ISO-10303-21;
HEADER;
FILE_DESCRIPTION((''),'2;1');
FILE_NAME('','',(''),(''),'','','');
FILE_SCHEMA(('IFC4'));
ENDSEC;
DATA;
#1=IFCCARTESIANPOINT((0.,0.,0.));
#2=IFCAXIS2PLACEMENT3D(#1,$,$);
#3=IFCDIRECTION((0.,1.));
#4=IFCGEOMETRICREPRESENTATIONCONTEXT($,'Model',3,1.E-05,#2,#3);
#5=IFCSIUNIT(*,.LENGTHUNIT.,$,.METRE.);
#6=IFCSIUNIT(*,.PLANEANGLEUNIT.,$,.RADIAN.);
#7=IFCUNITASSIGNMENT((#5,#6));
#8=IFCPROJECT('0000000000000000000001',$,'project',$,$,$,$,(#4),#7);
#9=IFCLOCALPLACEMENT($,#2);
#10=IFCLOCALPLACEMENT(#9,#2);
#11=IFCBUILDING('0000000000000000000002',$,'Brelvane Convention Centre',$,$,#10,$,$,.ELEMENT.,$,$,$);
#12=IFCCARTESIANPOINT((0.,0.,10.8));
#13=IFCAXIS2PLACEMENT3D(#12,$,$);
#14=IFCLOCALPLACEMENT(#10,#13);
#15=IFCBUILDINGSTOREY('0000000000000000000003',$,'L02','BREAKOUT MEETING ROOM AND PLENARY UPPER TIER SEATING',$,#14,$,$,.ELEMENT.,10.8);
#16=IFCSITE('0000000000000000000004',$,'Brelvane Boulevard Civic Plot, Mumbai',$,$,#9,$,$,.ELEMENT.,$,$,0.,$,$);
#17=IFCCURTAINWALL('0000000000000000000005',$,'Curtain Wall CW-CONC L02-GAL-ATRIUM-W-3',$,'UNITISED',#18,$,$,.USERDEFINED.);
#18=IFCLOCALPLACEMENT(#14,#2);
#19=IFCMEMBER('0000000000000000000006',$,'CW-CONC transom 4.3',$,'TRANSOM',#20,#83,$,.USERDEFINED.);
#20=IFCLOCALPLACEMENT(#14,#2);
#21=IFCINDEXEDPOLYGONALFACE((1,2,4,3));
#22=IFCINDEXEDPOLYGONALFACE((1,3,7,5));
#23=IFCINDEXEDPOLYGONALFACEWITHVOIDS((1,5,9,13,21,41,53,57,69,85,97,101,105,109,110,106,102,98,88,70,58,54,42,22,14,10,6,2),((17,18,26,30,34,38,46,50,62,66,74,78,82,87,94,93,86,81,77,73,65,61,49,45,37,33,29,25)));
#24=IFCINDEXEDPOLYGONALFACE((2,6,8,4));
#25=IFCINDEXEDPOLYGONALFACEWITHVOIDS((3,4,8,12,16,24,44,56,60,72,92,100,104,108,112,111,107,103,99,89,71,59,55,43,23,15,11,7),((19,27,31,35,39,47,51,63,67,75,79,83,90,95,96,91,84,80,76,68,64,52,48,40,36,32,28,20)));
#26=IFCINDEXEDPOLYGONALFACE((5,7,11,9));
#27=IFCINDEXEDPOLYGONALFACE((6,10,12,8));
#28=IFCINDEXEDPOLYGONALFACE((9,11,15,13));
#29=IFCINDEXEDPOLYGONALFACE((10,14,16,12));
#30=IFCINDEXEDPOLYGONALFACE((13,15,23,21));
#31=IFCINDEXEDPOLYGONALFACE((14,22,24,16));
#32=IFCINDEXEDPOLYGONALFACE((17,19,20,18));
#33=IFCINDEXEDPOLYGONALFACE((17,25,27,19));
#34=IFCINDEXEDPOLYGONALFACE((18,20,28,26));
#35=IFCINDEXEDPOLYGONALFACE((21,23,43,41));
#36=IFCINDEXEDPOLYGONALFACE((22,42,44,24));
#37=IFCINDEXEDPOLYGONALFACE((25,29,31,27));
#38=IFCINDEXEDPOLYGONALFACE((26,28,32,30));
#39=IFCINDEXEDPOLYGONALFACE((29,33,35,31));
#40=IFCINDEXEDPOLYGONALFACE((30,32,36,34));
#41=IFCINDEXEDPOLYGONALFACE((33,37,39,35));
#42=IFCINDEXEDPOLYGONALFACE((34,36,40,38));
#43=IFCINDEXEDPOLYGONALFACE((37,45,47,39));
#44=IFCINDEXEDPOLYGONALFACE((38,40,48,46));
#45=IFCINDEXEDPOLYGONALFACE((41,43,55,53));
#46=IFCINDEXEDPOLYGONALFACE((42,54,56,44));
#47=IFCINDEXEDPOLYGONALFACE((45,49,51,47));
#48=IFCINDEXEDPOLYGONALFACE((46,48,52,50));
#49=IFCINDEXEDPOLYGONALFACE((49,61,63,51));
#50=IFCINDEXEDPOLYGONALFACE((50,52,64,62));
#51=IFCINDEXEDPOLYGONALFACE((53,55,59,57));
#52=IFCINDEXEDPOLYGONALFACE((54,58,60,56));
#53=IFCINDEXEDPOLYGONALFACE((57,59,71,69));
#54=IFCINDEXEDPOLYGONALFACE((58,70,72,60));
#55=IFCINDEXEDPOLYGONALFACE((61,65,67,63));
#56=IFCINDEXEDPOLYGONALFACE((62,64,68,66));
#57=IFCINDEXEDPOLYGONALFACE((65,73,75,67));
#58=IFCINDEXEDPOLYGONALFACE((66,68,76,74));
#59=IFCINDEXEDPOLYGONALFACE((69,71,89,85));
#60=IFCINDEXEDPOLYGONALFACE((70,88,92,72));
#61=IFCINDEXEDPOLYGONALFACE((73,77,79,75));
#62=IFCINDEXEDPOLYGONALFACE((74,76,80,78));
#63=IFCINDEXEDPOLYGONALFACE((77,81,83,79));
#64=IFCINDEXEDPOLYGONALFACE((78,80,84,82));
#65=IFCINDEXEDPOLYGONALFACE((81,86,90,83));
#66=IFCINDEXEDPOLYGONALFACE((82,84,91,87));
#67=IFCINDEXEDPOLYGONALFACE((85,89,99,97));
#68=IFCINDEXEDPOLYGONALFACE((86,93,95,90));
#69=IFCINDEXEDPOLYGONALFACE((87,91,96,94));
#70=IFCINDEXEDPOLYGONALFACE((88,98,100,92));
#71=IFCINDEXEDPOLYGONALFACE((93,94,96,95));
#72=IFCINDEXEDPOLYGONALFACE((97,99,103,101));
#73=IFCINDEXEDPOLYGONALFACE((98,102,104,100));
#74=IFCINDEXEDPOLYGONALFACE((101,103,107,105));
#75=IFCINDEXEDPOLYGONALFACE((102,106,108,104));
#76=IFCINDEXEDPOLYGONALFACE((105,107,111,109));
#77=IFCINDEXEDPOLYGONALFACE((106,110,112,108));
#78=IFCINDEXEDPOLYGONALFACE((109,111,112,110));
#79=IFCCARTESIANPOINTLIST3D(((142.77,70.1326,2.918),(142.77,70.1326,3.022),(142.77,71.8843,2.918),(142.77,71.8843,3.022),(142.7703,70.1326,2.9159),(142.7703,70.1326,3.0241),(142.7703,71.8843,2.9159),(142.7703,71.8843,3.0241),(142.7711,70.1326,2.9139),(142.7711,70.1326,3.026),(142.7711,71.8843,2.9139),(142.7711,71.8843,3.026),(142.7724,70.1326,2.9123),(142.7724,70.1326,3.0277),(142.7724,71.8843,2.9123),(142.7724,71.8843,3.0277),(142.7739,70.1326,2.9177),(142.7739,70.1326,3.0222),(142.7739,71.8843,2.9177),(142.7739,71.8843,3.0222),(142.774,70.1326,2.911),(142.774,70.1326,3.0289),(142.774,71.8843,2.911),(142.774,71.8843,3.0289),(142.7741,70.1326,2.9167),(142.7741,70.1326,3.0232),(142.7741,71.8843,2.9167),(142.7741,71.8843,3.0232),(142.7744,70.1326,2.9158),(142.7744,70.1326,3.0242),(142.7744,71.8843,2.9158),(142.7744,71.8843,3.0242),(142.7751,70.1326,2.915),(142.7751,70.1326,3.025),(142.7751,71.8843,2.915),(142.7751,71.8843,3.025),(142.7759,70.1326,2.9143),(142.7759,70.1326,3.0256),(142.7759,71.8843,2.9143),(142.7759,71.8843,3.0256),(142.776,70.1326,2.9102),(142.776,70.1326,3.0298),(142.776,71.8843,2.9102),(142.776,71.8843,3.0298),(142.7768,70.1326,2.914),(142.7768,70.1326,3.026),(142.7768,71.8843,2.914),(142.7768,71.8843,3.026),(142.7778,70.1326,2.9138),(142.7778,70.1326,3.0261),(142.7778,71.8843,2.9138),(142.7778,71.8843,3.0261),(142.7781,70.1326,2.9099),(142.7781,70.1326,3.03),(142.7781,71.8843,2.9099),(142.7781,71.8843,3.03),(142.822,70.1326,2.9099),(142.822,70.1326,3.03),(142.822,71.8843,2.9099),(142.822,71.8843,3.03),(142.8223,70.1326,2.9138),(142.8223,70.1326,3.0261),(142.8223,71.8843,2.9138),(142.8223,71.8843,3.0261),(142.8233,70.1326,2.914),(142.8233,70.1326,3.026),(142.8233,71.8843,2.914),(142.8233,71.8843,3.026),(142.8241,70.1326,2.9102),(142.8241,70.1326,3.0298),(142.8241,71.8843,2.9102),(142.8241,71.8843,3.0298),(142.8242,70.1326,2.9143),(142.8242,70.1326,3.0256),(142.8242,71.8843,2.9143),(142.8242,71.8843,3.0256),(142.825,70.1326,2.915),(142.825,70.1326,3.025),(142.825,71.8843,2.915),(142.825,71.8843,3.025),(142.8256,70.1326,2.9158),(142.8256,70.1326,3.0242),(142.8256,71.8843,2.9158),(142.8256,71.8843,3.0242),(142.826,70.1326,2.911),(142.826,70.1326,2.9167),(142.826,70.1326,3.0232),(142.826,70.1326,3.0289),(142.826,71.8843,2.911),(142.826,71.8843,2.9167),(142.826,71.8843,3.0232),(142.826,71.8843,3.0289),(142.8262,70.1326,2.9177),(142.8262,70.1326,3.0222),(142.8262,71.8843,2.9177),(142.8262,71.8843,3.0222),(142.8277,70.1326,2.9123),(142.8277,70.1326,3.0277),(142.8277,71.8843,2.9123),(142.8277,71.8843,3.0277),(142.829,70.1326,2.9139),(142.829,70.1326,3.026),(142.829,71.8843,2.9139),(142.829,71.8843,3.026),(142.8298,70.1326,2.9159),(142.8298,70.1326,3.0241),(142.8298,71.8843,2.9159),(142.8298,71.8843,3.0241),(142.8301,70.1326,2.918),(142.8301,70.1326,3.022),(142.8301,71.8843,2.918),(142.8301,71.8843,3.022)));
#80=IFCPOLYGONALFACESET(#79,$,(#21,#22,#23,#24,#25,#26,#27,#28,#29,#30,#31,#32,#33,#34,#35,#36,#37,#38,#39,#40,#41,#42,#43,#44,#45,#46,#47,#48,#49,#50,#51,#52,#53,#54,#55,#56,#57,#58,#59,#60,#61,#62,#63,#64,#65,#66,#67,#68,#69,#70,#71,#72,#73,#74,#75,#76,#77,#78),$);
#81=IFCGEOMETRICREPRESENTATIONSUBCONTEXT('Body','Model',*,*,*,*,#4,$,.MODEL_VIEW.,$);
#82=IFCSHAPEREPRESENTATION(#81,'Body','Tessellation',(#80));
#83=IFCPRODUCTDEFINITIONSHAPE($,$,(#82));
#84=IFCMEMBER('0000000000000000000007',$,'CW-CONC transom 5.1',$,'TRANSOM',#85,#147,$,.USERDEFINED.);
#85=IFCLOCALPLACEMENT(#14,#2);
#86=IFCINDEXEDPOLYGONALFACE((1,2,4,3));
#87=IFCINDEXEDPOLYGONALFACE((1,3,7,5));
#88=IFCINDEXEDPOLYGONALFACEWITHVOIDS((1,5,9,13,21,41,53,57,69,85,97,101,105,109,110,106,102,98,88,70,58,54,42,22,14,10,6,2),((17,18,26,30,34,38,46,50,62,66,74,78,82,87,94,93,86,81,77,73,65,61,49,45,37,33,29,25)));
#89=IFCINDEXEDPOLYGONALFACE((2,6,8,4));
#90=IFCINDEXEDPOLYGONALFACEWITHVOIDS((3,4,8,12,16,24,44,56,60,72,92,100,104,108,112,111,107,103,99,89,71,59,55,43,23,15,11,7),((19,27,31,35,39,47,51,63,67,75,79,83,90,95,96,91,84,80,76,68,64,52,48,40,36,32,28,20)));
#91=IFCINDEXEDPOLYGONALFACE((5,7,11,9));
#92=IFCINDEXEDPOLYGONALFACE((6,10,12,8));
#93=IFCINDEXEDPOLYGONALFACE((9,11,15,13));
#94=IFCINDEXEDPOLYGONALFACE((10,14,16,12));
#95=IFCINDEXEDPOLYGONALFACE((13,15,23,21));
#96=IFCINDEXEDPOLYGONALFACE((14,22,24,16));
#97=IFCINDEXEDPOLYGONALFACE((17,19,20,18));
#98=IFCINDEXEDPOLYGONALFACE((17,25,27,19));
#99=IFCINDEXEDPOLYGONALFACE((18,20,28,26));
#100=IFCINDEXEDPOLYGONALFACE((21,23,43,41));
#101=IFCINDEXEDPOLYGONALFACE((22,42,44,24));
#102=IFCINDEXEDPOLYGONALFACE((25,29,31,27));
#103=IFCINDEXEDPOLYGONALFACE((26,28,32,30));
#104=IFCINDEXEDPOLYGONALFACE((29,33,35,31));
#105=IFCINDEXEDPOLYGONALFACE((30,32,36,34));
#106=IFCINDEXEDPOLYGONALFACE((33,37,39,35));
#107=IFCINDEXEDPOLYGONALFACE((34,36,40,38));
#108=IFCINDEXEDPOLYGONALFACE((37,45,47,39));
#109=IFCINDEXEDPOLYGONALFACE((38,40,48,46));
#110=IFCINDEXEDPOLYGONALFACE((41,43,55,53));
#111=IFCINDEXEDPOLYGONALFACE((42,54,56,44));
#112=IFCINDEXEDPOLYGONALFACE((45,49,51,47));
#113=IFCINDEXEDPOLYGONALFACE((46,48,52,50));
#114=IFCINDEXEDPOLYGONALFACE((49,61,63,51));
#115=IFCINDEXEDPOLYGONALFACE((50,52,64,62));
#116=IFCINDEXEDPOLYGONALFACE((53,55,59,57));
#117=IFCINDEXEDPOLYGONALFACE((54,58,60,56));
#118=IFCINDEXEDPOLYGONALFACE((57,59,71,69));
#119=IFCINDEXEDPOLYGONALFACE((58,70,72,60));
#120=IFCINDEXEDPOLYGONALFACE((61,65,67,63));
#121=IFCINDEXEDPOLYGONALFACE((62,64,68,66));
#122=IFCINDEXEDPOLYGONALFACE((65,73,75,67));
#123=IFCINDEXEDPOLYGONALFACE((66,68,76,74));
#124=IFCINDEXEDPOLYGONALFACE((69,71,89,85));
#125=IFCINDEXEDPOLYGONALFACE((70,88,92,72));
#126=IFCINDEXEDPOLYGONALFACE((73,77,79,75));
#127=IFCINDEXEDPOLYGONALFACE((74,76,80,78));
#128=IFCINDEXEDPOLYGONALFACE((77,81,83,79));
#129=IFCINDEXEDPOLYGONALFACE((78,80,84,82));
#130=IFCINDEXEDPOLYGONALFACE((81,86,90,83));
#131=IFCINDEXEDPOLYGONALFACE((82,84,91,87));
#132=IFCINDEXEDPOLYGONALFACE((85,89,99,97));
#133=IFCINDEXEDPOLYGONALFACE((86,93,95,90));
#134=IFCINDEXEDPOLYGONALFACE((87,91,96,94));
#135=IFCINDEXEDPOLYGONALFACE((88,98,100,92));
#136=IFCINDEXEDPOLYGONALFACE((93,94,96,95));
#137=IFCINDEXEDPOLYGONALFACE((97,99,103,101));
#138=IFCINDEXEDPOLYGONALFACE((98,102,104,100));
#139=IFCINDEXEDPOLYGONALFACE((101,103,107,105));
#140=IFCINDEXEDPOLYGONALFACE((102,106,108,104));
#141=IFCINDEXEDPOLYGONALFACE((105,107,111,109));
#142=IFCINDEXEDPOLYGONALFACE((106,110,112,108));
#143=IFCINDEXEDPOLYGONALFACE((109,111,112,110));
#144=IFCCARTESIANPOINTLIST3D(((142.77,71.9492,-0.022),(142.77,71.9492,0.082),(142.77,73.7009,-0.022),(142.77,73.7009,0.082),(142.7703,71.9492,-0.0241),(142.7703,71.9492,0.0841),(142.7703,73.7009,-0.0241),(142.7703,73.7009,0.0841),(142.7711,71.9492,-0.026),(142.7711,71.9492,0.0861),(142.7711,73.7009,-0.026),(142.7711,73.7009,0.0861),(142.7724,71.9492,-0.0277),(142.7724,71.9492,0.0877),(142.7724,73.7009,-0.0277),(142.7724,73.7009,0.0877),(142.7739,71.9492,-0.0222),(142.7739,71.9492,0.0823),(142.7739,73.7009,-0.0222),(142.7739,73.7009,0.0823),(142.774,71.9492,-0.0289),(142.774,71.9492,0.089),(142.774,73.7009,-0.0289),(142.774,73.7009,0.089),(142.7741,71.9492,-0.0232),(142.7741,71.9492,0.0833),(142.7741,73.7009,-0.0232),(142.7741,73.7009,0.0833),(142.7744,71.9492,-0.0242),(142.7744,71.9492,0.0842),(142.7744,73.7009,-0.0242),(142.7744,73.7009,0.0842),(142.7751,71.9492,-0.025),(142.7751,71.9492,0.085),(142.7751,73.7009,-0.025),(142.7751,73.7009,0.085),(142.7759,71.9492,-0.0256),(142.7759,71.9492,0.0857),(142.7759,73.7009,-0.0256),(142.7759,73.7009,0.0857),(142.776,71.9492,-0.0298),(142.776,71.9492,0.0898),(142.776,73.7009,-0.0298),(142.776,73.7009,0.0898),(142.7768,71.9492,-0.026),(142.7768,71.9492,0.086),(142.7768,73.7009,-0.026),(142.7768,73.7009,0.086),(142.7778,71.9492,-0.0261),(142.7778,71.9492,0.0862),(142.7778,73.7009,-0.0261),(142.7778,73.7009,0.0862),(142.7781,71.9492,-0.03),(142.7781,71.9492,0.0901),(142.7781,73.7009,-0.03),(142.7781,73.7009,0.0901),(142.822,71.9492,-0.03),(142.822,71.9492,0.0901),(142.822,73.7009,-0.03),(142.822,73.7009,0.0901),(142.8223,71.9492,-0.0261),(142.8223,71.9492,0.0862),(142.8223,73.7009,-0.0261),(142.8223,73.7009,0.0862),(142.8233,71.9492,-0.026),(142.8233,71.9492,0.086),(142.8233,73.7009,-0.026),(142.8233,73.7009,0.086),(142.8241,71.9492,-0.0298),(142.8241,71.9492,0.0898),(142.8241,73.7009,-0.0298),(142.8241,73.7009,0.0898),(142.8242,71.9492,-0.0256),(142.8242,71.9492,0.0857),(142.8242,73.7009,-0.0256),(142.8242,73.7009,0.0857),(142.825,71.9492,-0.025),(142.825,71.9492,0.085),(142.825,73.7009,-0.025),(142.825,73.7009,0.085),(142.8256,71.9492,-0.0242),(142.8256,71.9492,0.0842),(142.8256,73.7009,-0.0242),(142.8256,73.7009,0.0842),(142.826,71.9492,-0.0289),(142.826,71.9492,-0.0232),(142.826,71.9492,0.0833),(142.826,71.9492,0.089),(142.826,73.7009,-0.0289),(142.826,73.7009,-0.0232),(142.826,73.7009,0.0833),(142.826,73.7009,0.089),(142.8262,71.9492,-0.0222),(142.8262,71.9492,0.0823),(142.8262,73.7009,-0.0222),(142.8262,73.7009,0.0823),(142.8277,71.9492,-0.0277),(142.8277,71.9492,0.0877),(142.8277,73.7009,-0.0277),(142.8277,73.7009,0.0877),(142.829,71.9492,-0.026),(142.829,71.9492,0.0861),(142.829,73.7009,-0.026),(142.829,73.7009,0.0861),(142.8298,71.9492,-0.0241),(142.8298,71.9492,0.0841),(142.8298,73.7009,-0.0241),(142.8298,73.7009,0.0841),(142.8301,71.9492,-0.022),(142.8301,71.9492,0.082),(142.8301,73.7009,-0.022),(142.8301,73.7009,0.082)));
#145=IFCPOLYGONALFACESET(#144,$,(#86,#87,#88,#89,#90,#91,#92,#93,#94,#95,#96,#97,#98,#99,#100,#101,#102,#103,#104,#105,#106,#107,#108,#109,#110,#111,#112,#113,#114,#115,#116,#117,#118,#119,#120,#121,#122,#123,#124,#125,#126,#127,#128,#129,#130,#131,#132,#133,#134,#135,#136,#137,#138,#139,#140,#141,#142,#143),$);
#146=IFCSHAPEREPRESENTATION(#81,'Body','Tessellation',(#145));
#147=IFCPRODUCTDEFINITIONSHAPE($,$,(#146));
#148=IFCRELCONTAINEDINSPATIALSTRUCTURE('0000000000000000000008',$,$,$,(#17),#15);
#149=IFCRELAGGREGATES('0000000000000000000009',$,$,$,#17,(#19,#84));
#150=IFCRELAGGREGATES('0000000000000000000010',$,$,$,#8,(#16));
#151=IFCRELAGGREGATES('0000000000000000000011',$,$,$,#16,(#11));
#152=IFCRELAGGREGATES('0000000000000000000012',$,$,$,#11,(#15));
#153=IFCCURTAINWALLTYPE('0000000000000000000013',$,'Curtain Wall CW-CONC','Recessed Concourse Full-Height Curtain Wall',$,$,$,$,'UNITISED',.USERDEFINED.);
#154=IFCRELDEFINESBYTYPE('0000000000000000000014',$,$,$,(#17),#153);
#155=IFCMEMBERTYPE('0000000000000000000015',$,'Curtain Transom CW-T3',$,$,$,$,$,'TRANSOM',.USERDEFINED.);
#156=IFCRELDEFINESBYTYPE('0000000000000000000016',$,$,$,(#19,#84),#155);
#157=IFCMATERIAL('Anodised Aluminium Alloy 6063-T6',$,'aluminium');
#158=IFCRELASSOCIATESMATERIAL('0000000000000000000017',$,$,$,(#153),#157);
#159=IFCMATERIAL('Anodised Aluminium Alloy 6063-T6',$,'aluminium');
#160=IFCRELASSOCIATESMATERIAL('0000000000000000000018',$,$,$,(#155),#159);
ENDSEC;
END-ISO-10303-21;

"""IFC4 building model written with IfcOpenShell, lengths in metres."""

from ifc_helpers import new_model, si_unit, direction, frame, origin, origin_2d, place, context, subcontext, project, spatial, hollow_rectangle, extrude, material, material_profile, profile_set, type_object, element, aggregate, save


model = new_model("IFC4")

# Units and contexts
model_context = context("Model", 3, precision=1e-05, world=origin(), true_north=direction((0.0, 1.0)))
body_context = subcontext(model_context, "Body", "Model", "MODEL_VIEW")
ifc_project = project(units=[si_unit("LENGTHUNIT", "METRE"), si_unit("PLANEANGLEUNIT", "RADIAN")], contexts=[model_context])

# Site, building, storey
site_placement = place(None, origin())
site = spatial("IfcSite", under=ifc_project, at=site_placement, Name="Brelvane Boulevard Civic Plot, Mumbai", CompositionType="ELEMENT", RefElevation=0.0)
building_placement = place(site_placement, origin())
building = spatial("IfcBuilding", under=site, at=building_placement, Name="Brelvane Convention Centre", CompositionType="ELEMENT")
storey_placement = place(building_placement, frame((0.0, 0.0, 10.8)))
storey = spatial("IfcBuildingStorey", under=building, at=storey_placement, Name="L02", Description="BREAKOUT MEETING ROOM AND PLENARY UPPER TIER SEATING", CompositionType="ELEMENT", Elevation=10.8)

# Curtain wall, members
ifc_material_1 = material(Name="Anodised Aluminium Alloy 6063-T6", Category="aluminium")
curtain_wall_type = type_object("IfcCurtainWallType", Name="Curtain Wall CW-CONC", Description="Recessed Concourse Full-Height Curtain Wall", ElementType="UNITISED", PredefinedType="USERDEFINED", material=ifc_material_1)
curtain_wall_placement = place(storey_placement, origin())
curtain_wall = element("IfcCurtainWall", 1, at=curtain_wall_placement, inside=storey, type_object=curtain_wall_type, Name="Curtain Wall CW-CONC L02-GAL-ATRIUM-W-3", ObjectType="UNITISED", PredefinedType="USERDEFINED")
ifc_material_2 = material(Name="Anodised Aluminium Alloy 6063-T6", Category="aluminium")
ifc_material_profile_1 = material_profile(ifc_material_2, hollow_rectangle(XDim=0.0601, YDim=0.1201, WallThickness=0.0039, InnerFilletRadius=0.0039, OuterFilletRadius=0.0081, at=origin_2d()), Name="ALU-T 120x60x4.0")
ifc_profile_set_1 = profile_set([ifc_material_profile_1], Name="Anodised Aluminium Alloy 6063-T6")
member_type_1 = type_object("IfcMemberType", Name="Curtain Transom CW-T3", ElementType="TRANSOM", PredefinedType="USERDEFINED", material=ifc_profile_set_1)
member_1_placement = place(storey_placement, frame((142.8, 70.1326, 2.97), z_axis=(0.0, 1.0, 0.0), x_axis=(-1.0, 0.0, 0.0)))
member_1 = element("IfcMember", 2, at=member_1_placement, type_object=member_type_1, Name="CW-CONC transom 4.3", ObjectType="TRANSOM", PredefinedType="USERDEFINED", context=body_context, shape_type="SweptSolid", body=[
    extrude(hollow_rectangle(XDim=0.0601, YDim=0.1201, WallThickness=0.0039, InnerFilletRadius=0.0039, OuterFilletRadius=0.0081, at=origin_2d()), origin(), (0.0, 0.0, 1.0), 1.7517),
])
member_2_placement = place(storey_placement, frame((142.8, 71.9492, 0.03), z_axis=(0.0, 1.0, 0.0), x_axis=(-1.0, 0.0, 0.0)))
member_2 = element("IfcMember", 3, at=member_2_placement, type_object=member_type_1, Name="CW-CONC transom 5.1", ObjectType="TRANSOM", PredefinedType="USERDEFINED", context=body_context, shape_type="SweptSolid", body=[
    extrude(hollow_rectangle(XDim=0.0601, YDim=0.1201, WallThickness=0.0039, InnerFilletRadius=0.0039, OuterFilletRadius=0.0081, at=origin_2d()), origin(), (0.0, 0.0, 1.0), 1.7517),
])

aggregate(curtain_wall, [member_1, member_2])

save(model, "model.ifc")
